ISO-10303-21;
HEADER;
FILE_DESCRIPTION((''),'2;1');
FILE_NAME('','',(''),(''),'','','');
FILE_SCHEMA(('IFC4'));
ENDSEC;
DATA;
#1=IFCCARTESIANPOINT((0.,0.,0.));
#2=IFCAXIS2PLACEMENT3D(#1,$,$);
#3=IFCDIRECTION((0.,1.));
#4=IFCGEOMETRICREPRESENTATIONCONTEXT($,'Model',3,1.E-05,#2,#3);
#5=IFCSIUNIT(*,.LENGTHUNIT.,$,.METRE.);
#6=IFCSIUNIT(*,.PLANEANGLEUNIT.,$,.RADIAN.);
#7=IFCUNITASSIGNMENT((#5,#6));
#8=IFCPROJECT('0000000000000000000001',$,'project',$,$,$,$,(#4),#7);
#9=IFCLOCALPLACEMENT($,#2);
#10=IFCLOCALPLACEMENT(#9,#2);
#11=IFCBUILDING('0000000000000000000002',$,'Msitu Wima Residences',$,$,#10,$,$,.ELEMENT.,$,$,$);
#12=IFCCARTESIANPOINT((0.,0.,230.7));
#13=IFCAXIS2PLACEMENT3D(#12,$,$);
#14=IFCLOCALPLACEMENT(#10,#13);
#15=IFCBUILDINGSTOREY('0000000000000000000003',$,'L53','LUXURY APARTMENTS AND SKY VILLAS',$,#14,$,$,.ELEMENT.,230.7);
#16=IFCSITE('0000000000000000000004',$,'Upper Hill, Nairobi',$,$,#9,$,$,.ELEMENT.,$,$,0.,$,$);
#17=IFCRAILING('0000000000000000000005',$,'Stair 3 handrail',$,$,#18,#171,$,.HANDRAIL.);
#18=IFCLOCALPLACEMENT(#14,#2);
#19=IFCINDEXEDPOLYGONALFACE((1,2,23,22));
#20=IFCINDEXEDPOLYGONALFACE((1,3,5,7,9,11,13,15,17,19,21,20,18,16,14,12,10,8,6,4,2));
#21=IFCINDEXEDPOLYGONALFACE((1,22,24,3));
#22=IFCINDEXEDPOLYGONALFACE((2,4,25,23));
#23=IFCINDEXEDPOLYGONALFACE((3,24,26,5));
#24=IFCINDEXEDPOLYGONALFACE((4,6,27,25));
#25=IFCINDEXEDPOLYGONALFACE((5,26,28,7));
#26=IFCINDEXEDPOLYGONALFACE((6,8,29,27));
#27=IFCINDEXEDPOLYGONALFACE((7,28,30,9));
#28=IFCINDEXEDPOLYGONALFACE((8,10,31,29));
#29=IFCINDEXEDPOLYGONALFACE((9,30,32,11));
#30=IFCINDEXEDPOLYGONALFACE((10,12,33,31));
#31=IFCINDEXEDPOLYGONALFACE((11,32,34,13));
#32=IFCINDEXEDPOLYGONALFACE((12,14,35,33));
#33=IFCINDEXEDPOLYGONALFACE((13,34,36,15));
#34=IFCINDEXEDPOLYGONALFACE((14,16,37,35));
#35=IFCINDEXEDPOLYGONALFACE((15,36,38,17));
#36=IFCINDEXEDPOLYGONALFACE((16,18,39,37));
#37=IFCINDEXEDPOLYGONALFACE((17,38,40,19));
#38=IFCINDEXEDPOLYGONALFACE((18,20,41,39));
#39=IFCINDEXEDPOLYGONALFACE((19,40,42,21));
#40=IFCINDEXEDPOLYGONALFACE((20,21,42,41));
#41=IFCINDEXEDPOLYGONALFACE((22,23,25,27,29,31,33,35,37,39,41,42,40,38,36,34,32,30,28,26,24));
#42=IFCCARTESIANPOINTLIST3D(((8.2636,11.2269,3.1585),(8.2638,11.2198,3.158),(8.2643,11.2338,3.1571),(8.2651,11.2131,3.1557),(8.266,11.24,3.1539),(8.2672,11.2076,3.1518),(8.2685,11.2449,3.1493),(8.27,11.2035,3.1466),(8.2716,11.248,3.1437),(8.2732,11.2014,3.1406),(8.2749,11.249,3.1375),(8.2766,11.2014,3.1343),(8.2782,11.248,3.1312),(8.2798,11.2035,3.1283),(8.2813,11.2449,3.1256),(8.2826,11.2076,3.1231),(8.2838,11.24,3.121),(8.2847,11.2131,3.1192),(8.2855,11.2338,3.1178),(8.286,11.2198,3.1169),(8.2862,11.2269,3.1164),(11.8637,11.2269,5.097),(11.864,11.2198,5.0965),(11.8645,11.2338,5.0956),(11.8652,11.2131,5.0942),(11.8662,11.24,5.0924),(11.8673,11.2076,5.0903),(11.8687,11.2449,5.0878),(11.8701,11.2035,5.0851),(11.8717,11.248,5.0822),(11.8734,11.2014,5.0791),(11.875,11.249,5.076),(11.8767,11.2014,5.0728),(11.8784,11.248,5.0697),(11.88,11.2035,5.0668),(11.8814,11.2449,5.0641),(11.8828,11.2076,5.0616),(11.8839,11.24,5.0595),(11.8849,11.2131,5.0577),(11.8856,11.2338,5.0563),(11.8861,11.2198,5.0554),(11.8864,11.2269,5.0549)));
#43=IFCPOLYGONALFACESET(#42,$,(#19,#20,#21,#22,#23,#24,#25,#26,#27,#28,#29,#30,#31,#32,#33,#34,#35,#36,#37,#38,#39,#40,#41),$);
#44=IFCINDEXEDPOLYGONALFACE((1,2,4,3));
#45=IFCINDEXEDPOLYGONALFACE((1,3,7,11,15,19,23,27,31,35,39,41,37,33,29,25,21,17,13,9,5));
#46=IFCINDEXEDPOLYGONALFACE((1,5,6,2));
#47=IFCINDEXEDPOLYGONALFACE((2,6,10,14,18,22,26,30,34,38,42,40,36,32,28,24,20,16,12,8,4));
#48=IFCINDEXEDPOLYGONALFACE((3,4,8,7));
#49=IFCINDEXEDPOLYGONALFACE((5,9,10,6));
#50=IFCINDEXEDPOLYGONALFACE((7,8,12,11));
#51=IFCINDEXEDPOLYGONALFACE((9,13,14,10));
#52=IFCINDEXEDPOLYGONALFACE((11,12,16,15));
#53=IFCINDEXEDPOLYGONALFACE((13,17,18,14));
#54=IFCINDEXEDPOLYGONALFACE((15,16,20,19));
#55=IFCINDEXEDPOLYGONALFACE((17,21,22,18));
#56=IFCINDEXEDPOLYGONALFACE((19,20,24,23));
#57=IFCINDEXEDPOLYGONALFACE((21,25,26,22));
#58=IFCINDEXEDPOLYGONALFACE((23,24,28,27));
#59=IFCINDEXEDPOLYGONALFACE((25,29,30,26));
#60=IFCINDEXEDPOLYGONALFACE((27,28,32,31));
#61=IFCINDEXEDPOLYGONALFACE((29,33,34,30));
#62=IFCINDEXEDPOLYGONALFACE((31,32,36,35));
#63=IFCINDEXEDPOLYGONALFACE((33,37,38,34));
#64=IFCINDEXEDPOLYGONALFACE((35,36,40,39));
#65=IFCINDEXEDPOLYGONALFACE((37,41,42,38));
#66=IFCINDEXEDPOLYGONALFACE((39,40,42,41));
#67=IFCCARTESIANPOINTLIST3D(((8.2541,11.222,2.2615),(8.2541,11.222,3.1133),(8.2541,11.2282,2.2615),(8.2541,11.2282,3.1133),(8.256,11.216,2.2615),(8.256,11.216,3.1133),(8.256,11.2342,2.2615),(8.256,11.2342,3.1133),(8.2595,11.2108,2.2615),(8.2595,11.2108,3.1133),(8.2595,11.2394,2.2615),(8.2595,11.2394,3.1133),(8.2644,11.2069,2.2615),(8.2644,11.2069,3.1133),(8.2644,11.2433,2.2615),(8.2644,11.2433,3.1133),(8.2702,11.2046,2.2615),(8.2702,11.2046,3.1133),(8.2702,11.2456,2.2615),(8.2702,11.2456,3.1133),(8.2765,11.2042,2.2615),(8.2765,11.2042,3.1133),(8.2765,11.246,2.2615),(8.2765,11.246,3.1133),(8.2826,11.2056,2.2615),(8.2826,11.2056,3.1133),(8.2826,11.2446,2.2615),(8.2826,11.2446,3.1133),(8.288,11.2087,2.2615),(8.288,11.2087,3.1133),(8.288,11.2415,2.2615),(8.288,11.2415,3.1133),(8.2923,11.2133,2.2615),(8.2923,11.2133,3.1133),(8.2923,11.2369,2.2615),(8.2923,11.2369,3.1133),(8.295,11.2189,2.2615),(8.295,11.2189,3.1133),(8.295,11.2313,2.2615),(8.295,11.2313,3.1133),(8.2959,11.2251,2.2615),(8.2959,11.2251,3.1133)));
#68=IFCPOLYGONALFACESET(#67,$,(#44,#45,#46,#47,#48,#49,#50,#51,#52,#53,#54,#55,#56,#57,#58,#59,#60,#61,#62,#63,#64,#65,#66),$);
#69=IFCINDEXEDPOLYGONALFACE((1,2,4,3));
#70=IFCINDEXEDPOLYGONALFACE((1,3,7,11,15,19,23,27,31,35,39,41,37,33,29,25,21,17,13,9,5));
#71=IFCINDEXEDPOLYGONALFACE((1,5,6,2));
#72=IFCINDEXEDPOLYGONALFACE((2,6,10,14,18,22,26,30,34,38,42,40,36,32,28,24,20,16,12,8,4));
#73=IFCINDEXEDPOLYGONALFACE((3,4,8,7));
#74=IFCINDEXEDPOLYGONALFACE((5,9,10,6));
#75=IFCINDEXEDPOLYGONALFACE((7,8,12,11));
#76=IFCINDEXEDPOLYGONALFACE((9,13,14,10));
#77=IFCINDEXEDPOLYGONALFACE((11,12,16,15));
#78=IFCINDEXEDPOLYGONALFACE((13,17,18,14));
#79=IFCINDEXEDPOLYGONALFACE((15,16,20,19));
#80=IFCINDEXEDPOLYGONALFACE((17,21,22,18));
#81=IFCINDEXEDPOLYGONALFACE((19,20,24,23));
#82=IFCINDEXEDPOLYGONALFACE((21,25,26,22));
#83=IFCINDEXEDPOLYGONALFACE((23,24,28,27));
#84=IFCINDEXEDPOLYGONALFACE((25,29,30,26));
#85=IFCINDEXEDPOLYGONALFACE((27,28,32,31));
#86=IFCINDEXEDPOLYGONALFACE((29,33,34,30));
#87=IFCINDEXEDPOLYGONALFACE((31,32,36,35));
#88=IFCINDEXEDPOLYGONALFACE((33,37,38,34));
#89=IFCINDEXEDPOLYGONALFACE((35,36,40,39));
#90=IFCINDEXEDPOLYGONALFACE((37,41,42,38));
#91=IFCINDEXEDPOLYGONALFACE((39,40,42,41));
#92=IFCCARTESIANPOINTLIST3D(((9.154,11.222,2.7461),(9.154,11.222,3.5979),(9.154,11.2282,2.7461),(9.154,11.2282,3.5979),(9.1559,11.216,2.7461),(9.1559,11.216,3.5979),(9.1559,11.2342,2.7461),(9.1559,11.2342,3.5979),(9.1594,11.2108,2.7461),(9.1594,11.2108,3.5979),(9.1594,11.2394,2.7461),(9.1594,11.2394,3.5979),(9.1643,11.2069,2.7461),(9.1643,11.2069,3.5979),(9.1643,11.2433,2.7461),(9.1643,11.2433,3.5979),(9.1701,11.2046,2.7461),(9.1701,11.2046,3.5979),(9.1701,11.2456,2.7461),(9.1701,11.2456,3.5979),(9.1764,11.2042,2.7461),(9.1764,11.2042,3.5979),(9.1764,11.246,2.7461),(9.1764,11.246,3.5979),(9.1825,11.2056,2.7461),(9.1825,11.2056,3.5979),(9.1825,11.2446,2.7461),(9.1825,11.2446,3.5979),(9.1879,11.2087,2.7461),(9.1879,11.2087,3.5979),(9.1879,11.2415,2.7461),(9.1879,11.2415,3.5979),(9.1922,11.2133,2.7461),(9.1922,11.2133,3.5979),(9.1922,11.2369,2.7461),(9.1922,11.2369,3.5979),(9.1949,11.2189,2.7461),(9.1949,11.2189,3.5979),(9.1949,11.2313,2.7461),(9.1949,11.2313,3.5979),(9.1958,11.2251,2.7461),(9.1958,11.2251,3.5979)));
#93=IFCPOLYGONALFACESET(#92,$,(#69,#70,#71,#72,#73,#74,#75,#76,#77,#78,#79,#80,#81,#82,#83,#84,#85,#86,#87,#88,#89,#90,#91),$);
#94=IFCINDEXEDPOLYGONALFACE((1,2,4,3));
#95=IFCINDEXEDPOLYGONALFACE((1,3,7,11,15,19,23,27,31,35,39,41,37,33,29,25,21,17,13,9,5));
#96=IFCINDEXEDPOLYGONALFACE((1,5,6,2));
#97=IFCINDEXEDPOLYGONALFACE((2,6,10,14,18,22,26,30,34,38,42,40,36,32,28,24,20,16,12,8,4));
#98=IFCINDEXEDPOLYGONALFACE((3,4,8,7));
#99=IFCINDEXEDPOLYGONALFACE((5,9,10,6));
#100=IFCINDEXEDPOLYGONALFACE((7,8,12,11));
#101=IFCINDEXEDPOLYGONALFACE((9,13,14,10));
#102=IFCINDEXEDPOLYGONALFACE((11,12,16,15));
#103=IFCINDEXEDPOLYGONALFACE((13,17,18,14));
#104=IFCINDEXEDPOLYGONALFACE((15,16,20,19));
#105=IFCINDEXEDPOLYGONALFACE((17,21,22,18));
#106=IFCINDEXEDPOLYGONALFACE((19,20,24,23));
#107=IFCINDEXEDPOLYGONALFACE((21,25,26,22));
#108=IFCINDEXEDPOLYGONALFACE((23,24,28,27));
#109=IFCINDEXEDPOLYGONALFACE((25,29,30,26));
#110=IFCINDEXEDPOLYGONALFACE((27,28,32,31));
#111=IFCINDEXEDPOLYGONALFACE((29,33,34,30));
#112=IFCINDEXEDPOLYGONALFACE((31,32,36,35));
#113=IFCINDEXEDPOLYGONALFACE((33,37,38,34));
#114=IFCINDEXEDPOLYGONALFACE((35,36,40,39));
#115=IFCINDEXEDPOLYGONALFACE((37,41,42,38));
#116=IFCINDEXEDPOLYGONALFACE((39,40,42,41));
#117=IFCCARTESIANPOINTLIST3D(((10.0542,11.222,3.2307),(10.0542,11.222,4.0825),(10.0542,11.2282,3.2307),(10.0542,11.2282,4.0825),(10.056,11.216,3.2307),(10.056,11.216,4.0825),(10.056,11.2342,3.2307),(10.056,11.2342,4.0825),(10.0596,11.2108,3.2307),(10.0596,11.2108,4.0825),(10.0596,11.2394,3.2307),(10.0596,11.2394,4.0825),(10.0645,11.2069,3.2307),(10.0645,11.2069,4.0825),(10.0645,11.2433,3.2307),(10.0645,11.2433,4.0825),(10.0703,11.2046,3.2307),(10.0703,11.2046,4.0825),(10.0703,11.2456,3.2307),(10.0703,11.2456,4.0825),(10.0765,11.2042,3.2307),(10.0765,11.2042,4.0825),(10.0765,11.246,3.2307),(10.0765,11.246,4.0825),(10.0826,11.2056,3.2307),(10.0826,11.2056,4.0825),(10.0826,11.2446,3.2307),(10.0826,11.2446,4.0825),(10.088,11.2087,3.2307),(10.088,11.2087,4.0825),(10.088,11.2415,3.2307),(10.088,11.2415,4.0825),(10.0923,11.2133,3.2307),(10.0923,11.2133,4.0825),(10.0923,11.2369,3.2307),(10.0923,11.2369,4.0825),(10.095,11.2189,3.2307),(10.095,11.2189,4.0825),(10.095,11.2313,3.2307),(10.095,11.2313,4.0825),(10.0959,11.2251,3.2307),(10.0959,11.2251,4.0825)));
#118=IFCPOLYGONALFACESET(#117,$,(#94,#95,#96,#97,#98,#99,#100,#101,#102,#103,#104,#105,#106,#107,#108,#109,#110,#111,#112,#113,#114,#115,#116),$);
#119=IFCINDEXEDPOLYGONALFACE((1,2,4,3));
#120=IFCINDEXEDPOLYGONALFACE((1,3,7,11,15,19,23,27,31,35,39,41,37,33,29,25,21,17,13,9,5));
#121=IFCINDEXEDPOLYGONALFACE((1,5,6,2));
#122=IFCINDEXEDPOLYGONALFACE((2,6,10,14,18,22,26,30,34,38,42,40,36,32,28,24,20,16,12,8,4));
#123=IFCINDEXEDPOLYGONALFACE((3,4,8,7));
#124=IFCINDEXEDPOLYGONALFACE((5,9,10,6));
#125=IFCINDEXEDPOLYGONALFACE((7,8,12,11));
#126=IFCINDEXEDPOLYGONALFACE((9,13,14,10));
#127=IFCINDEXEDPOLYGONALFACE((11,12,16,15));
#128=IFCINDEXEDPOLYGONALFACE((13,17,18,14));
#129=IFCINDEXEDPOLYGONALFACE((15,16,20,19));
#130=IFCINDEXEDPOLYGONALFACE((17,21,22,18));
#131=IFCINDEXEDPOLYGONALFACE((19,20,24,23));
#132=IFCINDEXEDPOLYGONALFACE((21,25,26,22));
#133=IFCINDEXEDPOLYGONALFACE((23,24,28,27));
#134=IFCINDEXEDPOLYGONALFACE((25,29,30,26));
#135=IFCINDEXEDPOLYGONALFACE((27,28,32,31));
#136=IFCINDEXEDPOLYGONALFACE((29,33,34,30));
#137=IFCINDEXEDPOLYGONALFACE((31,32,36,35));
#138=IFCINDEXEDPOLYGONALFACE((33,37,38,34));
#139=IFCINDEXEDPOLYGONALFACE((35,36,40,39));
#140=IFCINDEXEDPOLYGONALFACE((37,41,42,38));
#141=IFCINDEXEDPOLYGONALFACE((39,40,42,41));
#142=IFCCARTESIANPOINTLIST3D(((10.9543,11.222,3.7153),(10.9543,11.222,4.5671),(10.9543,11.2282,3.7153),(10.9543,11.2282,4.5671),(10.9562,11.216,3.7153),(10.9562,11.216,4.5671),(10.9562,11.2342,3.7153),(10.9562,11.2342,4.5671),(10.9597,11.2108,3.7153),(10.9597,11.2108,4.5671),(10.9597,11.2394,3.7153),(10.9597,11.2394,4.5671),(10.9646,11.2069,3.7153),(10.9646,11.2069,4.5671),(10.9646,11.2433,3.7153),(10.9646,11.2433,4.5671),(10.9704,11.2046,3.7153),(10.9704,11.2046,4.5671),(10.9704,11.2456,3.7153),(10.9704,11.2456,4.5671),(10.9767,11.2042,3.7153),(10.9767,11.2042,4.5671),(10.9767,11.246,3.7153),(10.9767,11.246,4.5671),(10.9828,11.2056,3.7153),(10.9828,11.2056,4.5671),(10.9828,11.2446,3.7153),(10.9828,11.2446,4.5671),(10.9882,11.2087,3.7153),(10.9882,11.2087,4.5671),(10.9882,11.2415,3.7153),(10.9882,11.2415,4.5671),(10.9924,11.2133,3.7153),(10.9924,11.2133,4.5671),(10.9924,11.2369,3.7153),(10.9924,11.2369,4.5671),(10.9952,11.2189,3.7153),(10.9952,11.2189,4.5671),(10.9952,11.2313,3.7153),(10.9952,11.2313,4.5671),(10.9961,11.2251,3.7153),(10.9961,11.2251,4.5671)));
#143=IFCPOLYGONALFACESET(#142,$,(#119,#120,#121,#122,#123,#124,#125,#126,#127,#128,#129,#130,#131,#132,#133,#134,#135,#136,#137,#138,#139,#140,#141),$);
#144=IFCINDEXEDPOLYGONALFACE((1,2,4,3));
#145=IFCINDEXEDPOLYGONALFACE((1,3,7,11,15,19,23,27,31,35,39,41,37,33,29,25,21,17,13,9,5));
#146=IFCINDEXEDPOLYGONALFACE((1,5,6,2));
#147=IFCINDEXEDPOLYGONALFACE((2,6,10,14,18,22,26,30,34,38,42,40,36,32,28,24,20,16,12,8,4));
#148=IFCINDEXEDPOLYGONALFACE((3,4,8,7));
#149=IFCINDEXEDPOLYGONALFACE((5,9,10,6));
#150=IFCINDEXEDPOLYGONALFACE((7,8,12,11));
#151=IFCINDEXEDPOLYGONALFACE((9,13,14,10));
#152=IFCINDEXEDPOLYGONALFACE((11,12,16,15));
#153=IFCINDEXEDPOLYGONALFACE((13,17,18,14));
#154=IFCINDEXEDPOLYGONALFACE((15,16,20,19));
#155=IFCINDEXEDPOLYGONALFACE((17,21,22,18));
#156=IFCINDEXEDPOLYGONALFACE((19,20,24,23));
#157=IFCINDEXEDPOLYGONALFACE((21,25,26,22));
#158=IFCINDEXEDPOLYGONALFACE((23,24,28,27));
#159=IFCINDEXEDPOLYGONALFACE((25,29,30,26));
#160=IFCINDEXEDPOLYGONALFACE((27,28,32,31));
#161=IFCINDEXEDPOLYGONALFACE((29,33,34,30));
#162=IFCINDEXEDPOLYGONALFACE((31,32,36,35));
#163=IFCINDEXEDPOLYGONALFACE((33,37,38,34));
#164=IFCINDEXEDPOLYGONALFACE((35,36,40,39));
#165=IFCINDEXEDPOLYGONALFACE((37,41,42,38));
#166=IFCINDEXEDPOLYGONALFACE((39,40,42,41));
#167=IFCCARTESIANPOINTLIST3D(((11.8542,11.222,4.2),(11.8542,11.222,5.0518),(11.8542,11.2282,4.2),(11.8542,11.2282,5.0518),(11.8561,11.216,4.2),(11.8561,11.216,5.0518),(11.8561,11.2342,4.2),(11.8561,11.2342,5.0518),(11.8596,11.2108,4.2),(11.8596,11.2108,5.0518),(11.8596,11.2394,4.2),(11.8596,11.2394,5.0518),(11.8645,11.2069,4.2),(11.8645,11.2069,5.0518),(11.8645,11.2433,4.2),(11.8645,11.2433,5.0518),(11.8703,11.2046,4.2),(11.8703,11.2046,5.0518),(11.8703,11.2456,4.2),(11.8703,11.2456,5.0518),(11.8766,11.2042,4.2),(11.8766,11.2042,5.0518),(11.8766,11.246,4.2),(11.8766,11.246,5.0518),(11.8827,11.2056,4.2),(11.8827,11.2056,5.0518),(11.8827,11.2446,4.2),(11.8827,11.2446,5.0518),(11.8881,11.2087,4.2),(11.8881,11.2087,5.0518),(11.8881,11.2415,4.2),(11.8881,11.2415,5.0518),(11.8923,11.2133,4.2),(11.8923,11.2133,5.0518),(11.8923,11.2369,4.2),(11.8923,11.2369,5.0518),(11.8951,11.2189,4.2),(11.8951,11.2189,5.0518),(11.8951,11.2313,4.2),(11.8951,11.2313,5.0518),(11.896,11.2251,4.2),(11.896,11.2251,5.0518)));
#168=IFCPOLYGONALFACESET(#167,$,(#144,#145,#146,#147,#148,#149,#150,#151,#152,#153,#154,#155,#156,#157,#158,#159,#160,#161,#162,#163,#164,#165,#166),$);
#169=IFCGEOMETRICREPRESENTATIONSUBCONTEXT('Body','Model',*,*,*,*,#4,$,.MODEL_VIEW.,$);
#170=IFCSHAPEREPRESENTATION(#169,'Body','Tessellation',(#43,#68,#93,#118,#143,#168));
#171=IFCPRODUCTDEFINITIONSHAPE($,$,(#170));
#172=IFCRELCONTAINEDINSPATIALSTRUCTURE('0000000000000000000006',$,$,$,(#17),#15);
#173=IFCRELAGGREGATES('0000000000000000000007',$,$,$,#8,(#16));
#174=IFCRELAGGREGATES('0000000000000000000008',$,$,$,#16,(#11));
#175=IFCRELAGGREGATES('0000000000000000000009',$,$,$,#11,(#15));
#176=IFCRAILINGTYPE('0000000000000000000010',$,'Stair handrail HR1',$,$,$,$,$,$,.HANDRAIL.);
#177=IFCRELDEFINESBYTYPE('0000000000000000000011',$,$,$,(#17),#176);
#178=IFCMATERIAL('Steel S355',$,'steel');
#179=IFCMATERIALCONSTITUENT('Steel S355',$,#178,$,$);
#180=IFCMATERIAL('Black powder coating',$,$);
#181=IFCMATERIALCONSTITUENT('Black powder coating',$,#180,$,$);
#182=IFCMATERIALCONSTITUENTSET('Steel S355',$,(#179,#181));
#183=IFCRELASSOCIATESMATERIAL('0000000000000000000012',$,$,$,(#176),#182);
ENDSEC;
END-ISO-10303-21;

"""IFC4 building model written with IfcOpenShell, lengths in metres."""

from ifc_helpers import new_model, si_unit, direction, frame, origin, origin_2d, place, context, subcontext, project, spatial, circle, extrude, material, constituent, constituent_set, type_object, element, save


model = new_model("IFC4")

# Units and contexts
model_context = context("Model", 3, precision=1e-05, world=origin(), true_north=direction((0.0, 1.0)))
body_context = subcontext(model_context, "Body", "Model", "MODEL_VIEW")
ifc_project = project(units=[si_unit("LENGTHUNIT", "METRE"), si_unit("PLANEANGLEUNIT", "RADIAN")], contexts=[model_context])

# Site, building, storey
site_placement = place(None, origin())
site = spatial("IfcSite", under=ifc_project, at=site_placement, Name="Upper Hill, Nairobi", CompositionType="ELEMENT", RefElevation=0.0)
building_placement = place(site_placement, origin())
building = spatial("IfcBuilding", under=site, at=building_placement, Name="Msitu Wima Residences", CompositionType="ELEMENT")
storey_placement = place(building_placement, frame((0.0, 0.0, 230.7)))
storey = spatial("IfcBuildingStorey", under=building, at=storey_placement, Name="L53", Description="LUXURY APARTMENTS AND SKY VILLAS", CompositionType="ELEMENT", Elevation=230.7)

# Railing
ifc_material_1 = material(Name="Steel S355", Category="steel")
ifc_constituent_1 = constituent(ifc_material_1, Name="Steel S355")
ifc_material_2 = material(Name="Black powder coating")
ifc_constituent_2 = constituent(ifc_material_2, Name="Black powder coating")
ifc_constituent_set = constituent_set(constituents=[ifc_constituent_1, ifc_constituent_2], Name="Steel S355")
railing_type = type_object("IfcRailingType", Name="Stair handrail HR1", PredefinedType="HANDRAIL", material=ifc_constituent_set)
for number, where, name in (
    (1, (8.2749, 11.2251, 2.2615), "Stair 3 handrail"),
):
    element("IfcRailing", number, at=place(storey_placement, frame(where)), inside=storey, type_object=railing_type, Name=name, PredefinedType="HANDRAIL", context=body_context, shape_type="SweptSolid", body=[
        extrude(circle(Radius=0.0239, at=origin_2d()), frame((0.0, 0.0, 0.876), z_axis=(0.880475, 0.0, 0.474093), x_axis=(0.0, 1.0, 0.0)), (0.0, 0.0, 1.0), 4.0889),
        extrude(circle(Radius=0.021, at=origin_2d()), origin(), (0.0, 0.0, 1.0), 0.8518),
        extrude(circle(Radius=0.021, at=origin_2d()), frame((0.8999, 0.0, 0.4846)), (0.0, 0.0, 1.0), 0.8518),
        extrude(circle(Radius=0.021, at=origin_2d()), frame((1.8, 0.0, 0.9692)), (0.0, 0.0, 1.0), 0.8518),
        extrude(circle(Radius=0.021, at=origin_2d()), frame((2.7002, 0.0, 1.4539)), (0.0, 0.0, 1.0), 0.8518),
        extrude(circle(Radius=0.021, at=origin_2d()), frame((3.6001, 0.0, 1.9385)), (0.0, 0.0, 1.0), 0.8518),
    ])

save(model, "model.ifc")
